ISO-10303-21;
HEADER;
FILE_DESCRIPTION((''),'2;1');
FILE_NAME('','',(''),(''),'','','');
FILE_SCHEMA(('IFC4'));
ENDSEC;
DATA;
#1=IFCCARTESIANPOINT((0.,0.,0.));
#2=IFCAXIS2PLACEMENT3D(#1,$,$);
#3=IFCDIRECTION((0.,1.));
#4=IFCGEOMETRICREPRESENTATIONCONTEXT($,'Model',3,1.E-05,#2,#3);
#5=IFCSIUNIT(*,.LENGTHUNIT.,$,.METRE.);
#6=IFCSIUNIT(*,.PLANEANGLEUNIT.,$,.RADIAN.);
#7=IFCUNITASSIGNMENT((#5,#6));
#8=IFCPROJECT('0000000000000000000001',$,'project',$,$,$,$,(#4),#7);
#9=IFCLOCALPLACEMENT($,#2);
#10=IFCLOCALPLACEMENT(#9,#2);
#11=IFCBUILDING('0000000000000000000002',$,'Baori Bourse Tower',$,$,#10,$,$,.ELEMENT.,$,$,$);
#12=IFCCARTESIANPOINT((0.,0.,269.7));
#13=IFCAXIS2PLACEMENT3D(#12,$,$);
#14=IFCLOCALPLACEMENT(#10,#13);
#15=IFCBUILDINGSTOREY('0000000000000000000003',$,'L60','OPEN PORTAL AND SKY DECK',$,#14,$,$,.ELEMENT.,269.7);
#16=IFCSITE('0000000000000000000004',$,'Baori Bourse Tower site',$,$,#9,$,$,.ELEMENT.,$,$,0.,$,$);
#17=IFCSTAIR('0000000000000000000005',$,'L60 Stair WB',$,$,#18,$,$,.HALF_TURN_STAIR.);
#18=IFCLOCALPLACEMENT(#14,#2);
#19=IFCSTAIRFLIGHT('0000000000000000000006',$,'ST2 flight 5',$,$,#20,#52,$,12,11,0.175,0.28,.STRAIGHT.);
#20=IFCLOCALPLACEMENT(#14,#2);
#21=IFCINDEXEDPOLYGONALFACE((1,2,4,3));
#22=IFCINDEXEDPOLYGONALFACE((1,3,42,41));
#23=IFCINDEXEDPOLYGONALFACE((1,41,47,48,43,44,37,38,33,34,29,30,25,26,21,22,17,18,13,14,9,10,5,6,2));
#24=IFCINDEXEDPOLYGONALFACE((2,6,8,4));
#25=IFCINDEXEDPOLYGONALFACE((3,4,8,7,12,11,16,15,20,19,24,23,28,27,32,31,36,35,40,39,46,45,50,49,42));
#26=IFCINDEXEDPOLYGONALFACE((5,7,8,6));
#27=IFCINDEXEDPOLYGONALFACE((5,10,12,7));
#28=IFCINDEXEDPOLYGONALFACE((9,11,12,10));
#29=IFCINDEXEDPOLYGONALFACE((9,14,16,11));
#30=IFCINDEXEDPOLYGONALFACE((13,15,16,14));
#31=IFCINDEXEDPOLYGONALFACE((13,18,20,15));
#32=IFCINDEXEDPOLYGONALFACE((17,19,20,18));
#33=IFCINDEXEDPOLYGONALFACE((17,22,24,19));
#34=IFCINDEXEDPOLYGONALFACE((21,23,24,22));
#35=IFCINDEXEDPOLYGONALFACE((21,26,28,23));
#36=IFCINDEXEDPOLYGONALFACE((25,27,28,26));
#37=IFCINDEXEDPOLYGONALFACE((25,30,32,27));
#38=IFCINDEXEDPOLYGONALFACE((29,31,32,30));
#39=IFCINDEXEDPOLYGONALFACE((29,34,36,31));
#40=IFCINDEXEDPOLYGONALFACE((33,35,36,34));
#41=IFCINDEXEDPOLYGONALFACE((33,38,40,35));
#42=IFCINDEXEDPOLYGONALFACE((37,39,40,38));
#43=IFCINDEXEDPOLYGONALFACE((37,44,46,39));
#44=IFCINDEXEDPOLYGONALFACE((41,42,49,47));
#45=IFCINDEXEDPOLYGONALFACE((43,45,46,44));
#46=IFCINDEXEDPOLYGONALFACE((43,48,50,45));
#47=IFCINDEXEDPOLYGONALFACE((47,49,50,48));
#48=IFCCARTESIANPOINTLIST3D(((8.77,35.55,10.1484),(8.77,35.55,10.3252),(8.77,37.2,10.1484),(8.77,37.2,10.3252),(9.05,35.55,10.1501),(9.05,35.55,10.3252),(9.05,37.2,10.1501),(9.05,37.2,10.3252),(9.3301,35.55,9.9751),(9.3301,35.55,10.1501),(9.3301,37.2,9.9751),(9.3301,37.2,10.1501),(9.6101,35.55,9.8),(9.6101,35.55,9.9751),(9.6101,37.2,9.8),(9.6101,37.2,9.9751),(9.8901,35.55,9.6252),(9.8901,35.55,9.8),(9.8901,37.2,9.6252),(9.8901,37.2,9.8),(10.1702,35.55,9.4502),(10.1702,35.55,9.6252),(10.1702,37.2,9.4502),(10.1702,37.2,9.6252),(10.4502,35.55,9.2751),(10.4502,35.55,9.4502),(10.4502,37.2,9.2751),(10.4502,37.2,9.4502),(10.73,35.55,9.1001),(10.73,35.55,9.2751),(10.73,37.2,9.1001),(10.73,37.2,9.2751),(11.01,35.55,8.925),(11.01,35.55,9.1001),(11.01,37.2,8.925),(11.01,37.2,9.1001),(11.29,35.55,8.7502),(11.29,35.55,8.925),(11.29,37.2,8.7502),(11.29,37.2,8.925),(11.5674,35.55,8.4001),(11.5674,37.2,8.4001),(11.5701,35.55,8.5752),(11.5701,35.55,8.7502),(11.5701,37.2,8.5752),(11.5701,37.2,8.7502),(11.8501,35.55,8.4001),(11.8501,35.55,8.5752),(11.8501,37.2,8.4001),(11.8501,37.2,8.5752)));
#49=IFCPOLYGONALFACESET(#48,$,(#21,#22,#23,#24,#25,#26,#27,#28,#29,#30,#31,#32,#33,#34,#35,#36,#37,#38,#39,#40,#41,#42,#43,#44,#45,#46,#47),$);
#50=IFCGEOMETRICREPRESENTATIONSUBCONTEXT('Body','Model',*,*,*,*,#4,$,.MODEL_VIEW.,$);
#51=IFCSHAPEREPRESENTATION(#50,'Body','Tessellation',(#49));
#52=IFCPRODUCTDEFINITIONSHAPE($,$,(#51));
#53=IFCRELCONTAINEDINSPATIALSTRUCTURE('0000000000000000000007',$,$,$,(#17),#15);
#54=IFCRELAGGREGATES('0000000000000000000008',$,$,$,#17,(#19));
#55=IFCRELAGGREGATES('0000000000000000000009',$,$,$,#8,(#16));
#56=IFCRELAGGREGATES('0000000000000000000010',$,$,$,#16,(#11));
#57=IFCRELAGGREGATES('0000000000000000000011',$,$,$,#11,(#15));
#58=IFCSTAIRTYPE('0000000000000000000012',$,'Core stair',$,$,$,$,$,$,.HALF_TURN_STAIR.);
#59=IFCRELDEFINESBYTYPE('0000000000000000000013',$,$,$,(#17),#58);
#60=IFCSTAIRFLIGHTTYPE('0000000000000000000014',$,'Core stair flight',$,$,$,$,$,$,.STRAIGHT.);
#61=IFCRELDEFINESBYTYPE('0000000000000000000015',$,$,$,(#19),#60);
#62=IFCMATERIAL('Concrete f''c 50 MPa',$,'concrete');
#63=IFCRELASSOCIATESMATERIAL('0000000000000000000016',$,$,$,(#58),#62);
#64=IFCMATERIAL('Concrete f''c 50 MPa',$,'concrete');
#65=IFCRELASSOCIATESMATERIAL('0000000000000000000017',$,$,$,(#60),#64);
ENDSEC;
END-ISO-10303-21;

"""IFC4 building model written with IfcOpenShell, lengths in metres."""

from ifc_helpers import new_model, si_unit, direction, frame, origin, place, context, subcontext, project, spatial, polyline, outline, extrude, material, type_object, element, aggregate, save


model = new_model("IFC4")

# Units and contexts
model_context = context("Model", 3, precision=1e-05, world=origin(), true_north=direction((0.0, 1.0)))
body_context = subcontext(model_context, "Body", "Model", "MODEL_VIEW")
ifc_project = project(units=[si_unit("LENGTHUNIT", "METRE"), si_unit("PLANEANGLEUNIT", "RADIAN")], contexts=[model_context])

# Site, building, storey
site_placement = place(None, origin())
site = spatial("IfcSite", under=ifc_project, at=site_placement, Name="Baori Bourse Tower site", CompositionType="ELEMENT", RefElevation=0.0)
building_placement = place(site_placement, origin())
building = spatial("IfcBuilding", under=site, at=building_placement, Name="Baori Bourse Tower", CompositionType="ELEMENT")
storey_placement = place(building_placement, frame((0.0, 0.0, 269.7)))
storey = spatial("IfcBuildingStorey", under=building, at=storey_placement, Name="L60", Description="OPEN PORTAL AND SKY DECK", CompositionType="ELEMENT", Elevation=269.7)

# Stair, stair flight
ifc_material_1 = material(Name="Concrete f'c 50 MPa", Category="concrete")
stair_type = type_object("IfcStairType", Name="Core stair", PredefinedType="HALF_TURN_STAIR", material=ifc_material_1)
stair_placement = place(storey_placement, origin())
stair = element("IfcStair", 1, at=stair_placement, inside=storey, type_object=stair_type, Name="L60 Stair WB", PredefinedType="HALF_TURN_STAIR")
ifc_material_2 = material(Name="Concrete f'c 50 MPa", Category="concrete")
stair_flight_type = type_object("IfcStairFlightType", Name="Core stair flight", PredefinedType="STRAIGHT", material=ifc_material_2)
stair_flight_1_placement = place(storey_placement, frame((11.8501, 36.375, 8.4001), z_axis=(0.0, 0.0, 1.0), x_axis=(-1.0, 0.0, 0.0)))
stair_flight_1 = element("IfcStairFlight", 2, at=stair_flight_1_placement, type_object=stair_flight_type, Name="ST2 flight 5", NumberOfRisers=12, NumberOfTreads=11, PredefinedType="STRAIGHT", RiserHeight=0.175, TreadLength=0.28, context=body_context, shape_type="SweptSolid", body=[
    extrude(outline(polyline([(0.0, 0.0), (0.0, 0.175), (0.28, 0.175), (0.28, 0.3501), (0.5601, 0.3501), (0.5601, 0.5249), (0.8401, 0.5249), (0.8401, 0.7), (1.1201, 0.7), (1.1201, 0.875), (1.3999, 0.875), (1.3999, 1.05), (1.6799, 1.05), (1.6799, 1.2251), (1.96, 1.2251), (1.96, 1.3999), (2.24, 1.3999), (2.24, 1.575), (2.52, 1.575), (2.52, 1.75), (2.8, 1.75), (2.8, 1.925), (3.0801, 1.925), (3.0801, 2.1001), (3.0801, 1.7483), (0.2827, 0.0), (0.0, 0.0)])), frame((0.0, 0.825, 0.0), z_axis=(0.0, -1.0, 0.0), x_axis=(1.0, 0.0, 0.0)), (0.0, 0.0, 1.0), 1.6499),
])
aggregate(stair, [stair_flight_1])

save(model, "model.ifc")
